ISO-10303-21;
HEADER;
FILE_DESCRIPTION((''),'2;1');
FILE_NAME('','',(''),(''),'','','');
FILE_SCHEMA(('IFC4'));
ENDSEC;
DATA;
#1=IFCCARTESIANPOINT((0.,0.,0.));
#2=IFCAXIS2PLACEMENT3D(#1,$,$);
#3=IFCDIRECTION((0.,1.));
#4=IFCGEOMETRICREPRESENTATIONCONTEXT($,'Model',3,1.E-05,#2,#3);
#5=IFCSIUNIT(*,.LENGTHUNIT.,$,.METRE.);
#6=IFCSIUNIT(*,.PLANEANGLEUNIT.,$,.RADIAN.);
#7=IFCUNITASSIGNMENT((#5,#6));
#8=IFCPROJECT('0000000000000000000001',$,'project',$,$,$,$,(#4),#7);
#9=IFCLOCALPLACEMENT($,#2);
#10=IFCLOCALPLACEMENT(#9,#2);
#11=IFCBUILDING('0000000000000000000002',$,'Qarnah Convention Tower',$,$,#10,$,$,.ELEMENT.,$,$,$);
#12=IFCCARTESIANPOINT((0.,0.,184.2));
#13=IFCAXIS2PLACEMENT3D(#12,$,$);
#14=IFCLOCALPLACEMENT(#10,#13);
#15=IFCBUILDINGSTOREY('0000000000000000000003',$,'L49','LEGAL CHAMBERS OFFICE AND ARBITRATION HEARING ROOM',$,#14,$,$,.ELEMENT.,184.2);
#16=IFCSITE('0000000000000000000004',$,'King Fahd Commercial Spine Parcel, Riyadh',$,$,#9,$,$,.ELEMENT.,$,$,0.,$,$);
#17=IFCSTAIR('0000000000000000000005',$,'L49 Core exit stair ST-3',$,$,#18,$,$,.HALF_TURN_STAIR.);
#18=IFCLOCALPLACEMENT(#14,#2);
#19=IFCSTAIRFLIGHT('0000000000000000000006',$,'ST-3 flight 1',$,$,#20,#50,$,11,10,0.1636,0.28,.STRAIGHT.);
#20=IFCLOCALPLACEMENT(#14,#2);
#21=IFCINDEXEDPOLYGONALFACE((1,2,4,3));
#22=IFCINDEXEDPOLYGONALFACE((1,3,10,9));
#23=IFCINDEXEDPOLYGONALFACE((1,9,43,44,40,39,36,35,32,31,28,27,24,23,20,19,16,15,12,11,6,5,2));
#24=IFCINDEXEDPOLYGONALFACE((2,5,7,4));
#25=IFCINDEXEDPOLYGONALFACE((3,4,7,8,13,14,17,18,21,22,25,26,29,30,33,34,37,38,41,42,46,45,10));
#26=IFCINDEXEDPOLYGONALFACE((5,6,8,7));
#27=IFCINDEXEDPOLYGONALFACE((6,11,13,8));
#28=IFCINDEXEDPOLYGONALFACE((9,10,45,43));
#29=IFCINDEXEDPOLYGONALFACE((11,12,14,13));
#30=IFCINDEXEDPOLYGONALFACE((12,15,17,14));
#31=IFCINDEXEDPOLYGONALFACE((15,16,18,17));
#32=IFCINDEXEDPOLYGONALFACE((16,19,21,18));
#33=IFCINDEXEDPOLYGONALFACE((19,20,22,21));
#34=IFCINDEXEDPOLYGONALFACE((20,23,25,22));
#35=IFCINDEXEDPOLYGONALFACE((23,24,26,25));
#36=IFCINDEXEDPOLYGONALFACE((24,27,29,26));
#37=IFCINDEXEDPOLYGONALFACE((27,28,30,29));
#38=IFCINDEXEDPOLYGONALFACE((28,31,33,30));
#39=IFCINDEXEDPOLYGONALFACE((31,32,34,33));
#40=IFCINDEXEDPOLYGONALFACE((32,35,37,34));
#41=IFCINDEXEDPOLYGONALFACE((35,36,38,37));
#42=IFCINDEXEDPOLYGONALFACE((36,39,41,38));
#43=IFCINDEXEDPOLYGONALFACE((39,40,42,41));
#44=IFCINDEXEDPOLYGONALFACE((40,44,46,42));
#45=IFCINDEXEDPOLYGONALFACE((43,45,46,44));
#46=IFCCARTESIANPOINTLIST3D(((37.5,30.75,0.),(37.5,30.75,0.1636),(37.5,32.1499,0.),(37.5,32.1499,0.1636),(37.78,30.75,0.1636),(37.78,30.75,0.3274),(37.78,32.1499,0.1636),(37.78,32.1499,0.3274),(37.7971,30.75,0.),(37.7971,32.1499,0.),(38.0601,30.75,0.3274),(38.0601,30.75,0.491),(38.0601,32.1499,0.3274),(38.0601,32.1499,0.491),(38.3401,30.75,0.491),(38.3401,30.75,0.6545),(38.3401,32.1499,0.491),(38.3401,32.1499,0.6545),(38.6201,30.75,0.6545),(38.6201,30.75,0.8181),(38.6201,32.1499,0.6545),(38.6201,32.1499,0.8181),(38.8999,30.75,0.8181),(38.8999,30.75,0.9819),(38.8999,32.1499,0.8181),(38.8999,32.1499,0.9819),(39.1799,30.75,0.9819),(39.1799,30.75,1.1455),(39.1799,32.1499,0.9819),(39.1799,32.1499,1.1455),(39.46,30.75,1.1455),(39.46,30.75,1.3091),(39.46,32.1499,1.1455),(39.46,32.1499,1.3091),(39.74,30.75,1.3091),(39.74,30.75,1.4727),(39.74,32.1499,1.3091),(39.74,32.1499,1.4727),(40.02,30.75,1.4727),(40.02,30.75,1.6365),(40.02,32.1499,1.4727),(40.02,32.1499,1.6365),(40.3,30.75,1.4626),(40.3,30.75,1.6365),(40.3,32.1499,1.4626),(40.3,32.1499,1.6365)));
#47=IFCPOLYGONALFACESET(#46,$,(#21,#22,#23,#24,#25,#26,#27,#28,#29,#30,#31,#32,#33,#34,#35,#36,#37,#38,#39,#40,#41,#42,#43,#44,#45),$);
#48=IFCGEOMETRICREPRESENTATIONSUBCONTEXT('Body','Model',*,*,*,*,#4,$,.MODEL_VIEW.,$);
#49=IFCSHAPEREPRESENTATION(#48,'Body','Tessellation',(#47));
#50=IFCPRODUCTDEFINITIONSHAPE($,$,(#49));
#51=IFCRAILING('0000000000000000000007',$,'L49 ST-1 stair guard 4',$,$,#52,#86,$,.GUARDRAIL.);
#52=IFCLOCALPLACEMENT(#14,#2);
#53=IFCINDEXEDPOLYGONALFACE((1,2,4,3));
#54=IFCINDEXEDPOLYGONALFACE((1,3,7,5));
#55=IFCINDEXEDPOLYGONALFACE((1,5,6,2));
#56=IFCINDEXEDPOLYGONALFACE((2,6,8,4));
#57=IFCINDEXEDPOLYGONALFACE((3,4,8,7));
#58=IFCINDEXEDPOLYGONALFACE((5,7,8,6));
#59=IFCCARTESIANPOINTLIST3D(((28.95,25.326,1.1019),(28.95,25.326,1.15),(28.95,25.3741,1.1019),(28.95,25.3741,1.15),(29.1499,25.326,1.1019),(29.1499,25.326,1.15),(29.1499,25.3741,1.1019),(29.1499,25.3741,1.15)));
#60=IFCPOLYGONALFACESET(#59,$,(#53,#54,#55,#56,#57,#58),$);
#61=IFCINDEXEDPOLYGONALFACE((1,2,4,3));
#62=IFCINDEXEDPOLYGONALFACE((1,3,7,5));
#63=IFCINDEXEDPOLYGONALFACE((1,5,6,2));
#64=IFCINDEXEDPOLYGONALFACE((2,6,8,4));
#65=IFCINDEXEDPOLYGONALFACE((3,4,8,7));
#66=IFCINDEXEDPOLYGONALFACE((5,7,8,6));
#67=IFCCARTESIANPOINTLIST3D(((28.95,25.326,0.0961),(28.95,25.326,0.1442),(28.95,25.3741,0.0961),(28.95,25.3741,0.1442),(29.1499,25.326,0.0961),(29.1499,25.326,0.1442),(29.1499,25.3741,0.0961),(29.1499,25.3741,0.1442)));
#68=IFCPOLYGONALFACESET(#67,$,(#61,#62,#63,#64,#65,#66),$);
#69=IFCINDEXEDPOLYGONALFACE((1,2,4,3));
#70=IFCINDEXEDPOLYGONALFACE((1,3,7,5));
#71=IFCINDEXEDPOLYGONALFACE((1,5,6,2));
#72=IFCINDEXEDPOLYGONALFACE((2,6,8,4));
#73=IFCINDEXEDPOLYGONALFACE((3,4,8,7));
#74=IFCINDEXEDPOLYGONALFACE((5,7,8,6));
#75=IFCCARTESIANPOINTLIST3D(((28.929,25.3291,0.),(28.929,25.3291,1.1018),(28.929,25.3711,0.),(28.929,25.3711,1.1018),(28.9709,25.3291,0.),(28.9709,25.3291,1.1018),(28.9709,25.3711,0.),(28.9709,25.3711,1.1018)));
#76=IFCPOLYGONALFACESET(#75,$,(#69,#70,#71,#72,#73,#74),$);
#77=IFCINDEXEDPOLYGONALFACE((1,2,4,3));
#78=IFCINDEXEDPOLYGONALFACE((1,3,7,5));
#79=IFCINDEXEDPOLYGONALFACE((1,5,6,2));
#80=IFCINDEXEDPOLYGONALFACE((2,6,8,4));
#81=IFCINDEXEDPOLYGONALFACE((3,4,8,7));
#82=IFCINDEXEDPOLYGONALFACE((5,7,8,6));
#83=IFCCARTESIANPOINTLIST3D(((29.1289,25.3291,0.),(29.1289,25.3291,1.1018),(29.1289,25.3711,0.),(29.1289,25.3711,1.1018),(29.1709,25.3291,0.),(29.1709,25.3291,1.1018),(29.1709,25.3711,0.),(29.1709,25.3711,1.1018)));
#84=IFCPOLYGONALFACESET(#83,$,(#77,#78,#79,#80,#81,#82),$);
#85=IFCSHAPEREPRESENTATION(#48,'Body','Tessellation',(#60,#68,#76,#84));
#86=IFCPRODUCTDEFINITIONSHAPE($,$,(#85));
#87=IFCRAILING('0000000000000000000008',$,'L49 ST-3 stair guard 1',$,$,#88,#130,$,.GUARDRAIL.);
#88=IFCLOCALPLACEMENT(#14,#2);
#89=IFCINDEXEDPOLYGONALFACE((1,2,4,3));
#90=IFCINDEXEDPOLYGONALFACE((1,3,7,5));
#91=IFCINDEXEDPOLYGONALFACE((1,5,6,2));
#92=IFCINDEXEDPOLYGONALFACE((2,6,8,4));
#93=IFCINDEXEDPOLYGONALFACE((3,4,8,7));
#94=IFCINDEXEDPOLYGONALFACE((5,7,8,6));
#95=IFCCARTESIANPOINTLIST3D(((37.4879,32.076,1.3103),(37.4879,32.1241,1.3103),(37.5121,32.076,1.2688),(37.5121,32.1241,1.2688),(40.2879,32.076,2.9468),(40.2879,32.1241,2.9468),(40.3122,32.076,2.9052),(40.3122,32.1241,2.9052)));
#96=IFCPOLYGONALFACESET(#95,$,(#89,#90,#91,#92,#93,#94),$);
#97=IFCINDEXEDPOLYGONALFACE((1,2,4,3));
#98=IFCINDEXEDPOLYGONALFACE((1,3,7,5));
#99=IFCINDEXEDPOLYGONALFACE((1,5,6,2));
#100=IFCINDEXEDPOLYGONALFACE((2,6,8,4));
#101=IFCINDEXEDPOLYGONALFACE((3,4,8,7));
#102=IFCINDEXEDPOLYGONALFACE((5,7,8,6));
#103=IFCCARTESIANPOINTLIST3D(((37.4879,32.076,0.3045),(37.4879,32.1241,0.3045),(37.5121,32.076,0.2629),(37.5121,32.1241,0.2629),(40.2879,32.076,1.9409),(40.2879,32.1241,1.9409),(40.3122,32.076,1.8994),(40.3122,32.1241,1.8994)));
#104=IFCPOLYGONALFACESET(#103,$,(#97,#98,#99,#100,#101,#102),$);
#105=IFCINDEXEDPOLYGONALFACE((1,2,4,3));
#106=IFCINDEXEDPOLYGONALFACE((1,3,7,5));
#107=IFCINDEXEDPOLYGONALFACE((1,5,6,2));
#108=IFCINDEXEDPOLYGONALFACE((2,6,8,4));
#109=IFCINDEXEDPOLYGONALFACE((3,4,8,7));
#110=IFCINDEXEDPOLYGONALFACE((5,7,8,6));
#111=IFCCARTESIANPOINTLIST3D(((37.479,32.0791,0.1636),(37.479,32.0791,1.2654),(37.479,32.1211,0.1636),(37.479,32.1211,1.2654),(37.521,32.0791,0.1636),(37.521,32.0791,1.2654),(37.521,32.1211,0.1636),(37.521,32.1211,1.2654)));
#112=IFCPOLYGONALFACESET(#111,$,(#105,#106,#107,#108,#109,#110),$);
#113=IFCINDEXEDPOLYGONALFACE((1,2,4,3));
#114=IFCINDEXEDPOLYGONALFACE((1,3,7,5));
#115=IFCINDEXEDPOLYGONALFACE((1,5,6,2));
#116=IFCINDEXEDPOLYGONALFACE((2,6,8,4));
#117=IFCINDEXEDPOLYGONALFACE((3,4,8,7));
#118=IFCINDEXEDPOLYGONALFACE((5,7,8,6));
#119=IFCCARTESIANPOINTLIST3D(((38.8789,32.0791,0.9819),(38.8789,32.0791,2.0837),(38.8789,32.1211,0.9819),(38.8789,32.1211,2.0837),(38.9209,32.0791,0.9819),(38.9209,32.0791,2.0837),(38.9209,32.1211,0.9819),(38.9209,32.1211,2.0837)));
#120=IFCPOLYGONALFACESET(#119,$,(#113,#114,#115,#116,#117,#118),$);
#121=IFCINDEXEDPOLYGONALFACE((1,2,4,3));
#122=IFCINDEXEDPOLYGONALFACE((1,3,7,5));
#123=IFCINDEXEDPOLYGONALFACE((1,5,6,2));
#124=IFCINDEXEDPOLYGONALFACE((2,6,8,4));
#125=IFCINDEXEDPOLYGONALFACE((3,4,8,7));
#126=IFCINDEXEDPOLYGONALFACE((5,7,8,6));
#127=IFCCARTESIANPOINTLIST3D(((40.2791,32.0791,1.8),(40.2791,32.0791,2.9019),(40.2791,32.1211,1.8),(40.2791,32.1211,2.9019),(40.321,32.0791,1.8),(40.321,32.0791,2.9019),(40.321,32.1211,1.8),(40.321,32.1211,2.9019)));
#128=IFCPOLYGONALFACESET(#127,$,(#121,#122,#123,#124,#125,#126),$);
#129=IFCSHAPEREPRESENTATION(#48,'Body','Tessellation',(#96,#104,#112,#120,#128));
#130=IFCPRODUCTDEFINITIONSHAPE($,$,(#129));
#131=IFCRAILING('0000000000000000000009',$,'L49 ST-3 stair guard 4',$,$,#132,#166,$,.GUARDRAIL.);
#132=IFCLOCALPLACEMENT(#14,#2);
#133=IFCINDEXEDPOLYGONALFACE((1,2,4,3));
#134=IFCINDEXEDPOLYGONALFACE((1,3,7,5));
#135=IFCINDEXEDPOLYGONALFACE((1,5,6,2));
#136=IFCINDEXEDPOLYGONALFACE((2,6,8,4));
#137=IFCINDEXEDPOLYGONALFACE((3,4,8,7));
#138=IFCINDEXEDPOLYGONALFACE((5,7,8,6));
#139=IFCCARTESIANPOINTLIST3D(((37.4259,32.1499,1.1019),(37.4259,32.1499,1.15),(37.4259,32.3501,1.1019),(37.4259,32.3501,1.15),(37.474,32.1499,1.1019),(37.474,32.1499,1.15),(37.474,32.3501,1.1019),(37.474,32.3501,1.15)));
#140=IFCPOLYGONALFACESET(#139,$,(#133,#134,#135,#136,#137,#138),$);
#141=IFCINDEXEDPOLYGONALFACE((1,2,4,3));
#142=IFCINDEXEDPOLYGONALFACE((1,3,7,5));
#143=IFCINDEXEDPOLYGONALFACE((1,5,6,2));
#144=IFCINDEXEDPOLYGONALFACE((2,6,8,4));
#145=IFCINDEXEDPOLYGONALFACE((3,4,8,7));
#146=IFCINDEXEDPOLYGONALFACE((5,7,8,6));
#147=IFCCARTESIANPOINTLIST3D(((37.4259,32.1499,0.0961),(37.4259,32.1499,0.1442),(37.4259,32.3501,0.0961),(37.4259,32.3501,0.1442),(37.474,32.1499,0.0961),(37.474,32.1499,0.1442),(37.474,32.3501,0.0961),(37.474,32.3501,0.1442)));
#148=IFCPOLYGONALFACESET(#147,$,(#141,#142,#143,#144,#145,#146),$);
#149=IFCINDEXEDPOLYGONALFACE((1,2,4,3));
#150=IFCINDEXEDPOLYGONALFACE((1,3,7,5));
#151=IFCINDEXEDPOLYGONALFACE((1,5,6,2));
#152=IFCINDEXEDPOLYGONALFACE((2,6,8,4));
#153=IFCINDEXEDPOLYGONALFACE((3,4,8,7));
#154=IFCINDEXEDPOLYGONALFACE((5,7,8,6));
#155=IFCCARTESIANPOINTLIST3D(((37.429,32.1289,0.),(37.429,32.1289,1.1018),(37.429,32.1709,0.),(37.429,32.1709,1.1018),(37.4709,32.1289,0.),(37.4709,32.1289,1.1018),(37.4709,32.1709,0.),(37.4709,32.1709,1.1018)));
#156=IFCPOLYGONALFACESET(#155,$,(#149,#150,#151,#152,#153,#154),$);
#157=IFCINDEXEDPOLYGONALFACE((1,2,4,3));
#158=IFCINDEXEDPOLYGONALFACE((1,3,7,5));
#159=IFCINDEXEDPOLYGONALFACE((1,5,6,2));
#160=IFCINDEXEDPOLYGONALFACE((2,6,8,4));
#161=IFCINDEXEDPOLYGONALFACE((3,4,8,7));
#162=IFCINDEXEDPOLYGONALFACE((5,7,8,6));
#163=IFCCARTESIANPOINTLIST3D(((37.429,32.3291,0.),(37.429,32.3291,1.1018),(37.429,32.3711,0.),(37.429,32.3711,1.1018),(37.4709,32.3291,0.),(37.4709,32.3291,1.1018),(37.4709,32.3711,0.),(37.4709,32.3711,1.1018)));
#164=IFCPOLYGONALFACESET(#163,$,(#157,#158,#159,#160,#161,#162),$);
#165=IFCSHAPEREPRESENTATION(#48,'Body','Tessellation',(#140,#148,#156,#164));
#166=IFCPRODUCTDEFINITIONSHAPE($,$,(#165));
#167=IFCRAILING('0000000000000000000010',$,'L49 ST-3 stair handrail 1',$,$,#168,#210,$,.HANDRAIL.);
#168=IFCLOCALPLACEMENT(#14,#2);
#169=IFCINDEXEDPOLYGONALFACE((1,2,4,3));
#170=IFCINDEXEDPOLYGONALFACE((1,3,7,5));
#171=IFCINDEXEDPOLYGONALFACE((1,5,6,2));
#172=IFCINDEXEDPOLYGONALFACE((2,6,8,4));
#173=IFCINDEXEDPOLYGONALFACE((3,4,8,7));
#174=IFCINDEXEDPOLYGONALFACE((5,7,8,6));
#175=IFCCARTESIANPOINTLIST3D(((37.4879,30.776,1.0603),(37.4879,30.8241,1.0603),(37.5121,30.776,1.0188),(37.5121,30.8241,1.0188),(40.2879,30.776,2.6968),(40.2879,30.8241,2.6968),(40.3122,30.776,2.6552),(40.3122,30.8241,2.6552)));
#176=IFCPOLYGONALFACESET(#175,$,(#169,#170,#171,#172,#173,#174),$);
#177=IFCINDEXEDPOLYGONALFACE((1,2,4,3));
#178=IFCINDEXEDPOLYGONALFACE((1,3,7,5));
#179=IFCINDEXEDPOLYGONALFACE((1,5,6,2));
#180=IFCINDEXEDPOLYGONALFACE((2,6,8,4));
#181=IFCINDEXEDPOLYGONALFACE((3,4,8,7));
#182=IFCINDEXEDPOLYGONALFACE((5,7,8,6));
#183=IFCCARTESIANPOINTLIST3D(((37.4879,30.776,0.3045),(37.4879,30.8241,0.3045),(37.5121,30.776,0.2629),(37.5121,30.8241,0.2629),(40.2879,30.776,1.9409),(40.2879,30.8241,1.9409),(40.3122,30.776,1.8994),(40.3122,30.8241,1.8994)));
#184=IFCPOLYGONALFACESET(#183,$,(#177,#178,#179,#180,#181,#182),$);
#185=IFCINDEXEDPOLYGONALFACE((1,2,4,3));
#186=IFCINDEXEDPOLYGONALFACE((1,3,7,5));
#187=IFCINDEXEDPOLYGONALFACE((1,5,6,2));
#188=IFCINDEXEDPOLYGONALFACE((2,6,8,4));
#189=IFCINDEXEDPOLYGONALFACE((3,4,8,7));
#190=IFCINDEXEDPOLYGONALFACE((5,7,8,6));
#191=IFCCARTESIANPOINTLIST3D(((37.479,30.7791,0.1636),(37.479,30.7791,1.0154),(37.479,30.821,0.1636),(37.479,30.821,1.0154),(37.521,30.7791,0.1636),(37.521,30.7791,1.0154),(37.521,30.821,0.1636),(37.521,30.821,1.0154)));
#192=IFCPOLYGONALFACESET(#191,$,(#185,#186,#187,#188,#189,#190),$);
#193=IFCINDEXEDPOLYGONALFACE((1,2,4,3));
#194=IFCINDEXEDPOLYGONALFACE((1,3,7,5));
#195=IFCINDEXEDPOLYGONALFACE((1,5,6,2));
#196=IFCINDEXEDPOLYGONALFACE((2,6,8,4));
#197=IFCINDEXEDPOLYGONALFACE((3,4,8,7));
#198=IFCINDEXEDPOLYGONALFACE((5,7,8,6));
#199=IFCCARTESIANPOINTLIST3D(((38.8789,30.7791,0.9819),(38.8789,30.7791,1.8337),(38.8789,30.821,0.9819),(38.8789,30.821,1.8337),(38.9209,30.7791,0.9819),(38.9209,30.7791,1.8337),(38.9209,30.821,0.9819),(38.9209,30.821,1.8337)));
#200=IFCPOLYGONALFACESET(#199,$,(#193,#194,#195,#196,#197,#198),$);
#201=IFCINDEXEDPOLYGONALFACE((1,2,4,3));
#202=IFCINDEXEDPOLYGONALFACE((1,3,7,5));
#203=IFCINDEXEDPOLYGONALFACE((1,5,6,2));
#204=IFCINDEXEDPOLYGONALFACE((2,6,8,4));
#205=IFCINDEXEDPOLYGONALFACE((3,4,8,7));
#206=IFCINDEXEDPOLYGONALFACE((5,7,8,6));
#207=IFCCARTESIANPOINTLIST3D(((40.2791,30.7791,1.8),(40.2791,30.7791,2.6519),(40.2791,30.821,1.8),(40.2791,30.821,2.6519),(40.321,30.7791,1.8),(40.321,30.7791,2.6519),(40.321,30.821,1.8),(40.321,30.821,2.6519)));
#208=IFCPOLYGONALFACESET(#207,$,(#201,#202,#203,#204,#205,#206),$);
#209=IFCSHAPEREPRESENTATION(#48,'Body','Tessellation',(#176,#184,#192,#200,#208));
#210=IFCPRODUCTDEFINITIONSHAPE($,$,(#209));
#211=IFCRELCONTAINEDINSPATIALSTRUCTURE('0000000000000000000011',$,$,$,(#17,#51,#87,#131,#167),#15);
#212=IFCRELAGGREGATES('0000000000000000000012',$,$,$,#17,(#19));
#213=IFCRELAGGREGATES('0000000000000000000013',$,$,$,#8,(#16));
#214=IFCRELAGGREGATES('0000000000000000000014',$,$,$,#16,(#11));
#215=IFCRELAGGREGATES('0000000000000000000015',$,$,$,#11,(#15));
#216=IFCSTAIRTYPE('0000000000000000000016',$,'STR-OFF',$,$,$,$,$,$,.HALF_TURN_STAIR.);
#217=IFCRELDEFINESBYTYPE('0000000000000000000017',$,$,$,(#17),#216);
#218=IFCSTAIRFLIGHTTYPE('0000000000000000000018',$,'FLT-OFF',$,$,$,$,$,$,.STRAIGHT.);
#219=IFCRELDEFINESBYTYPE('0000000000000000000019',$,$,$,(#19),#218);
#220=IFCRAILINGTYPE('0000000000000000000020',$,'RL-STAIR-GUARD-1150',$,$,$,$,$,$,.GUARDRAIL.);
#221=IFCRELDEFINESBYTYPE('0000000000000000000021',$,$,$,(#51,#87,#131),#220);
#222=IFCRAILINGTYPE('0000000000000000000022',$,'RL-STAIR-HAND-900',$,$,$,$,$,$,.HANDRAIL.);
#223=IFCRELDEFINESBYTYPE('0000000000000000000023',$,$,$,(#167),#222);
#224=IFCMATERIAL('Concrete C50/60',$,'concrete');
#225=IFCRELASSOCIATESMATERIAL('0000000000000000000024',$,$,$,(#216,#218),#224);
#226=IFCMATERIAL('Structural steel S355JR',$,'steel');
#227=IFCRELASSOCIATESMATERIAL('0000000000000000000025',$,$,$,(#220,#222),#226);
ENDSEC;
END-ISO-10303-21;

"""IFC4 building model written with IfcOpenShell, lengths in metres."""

from ifc_helpers import new_model, si_unit, direction, frame, origin, origin_2d, place, context, subcontext, project, spatial, polyline, rectangle, outline, extrude, material, type_object, element, aggregate, save


model = new_model("IFC4")

# Units and contexts
model_context = context("Model", 3, precision=1e-05, world=origin(), true_north=direction((0.0, 1.0)))
body_context = subcontext(model_context, "Body", "Model", "MODEL_VIEW")
ifc_project = project(units=[si_unit("LENGTHUNIT", "METRE"), si_unit("PLANEANGLEUNIT", "RADIAN")], contexts=[model_context])

# Site, building, storey
site_placement = place(None, origin())
site = spatial("IfcSite", under=ifc_project, at=site_placement, Name="King Fahd Commercial Spine Parcel, Riyadh", CompositionType="ELEMENT", RefElevation=0.0)
building_placement = place(site_placement, origin())
building = spatial("IfcBuilding", under=site, at=building_placement, Name="Qarnah Convention Tower", CompositionType="ELEMENT")
storey_placement = place(building_placement, frame((0.0, 0.0, 184.2)))
storey = spatial("IfcBuildingStorey", under=building, at=storey_placement, Name="L49", Description="LEGAL CHAMBERS OFFICE AND ARBITRATION HEARING ROOM", CompositionType="ELEMENT", Elevation=184.2)

# Shared definitions
ifc_material_1 = material(Name="Concrete C50/60", Category="concrete")

# Shared definitions
ifc_material_2 = material(Name="Structural steel S355JR", Category="steel")

# Stair, stair flight
stair_type = type_object("IfcStairType", Name="STR-OFF", PredefinedType="HALF_TURN_STAIR", material=ifc_material_1)
stair_placement = place(storey_placement, origin())
stair = element("IfcStair", 1, at=stair_placement, inside=storey, type_object=stair_type, Name="L49 Core exit stair ST-3", PredefinedType="HALF_TURN_STAIR")
stair_flight_type = type_object("IfcStairFlightType", Name="FLT-OFF", PredefinedType="STRAIGHT", material=ifc_material_1)
stair_flight_placement = place(storey_placement, frame((37.5, 31.45, 0.0), z_axis=(0.0, 0.0, 1.0), x_axis=(1.0, 0.0, 0.0)))
stair_flight = element("IfcStairFlight", 2, at=stair_flight_placement, type_object=stair_flight_type, Name="ST-3 flight 1", NumberOfRisers=11, NumberOfTreads=10, PredefinedType="STRAIGHT", RiserHeight=0.1636, TreadLength=0.28, context=body_context, shape_type="SweptSolid", body=[
    extrude(outline(polyline([(0.0, 0.0), (0.0, 0.1636), (0.28, 0.1636), (0.28, 0.3274), (0.5601, 0.3274), (0.5601, 0.491), (0.8401, 0.491), (0.8401, 0.6545), (1.1201, 0.6545), (1.1201, 0.8181), (1.3999, 0.8181), (1.3999, 0.9819), (1.6799, 0.9819), (1.6799, 1.1455), (1.96, 1.1455), (1.96, 1.3091), (2.24, 1.3091), (2.24, 1.4727), (2.52, 1.4727), (2.52, 1.6365), (2.8, 1.6365), (2.8, 1.8), (2.8, 1.4626), (0.2971, 0.0), (0.0, 0.0)])), frame((0.0, 0.7, 0.0), z_axis=(0.0, -1.0, 0.0), x_axis=(1.0, 0.0, 0.0)), (0.0, 0.0, 1.0), 1.3999),
])
aggregate(stair, [stair_flight])

# Railings
railing_type_1 = type_object("IfcRailingType", Name="RL-STAIR-GUARD-1150", PredefinedType="GUARDRAIL", material=ifc_material_2)
railing_1_placement = place(storey_placement, frame((28.95, 25.3501, 0.0)))
element("IfcRailing", 3, at=railing_1_placement, inside=storey, type_object=railing_type_1, Name="L49 ST-1 stair guard 4", PredefinedType="GUARDRAIL", context=body_context, shape_type="SweptSolid", body=[
    extrude(rectangle(XDim=0.0481, YDim=0.0481, at=origin_2d()), frame((0.0, 0.0, 1.126), z_axis=(1.0, 0.0, 0.0), x_axis=(0.0, 1.0, 0.0)), (0.0, 0.0, 1.0), 0.2),
    extrude(rectangle(XDim=0.0481, YDim=0.0481, at=origin_2d()), frame((0.0, 0.0, 0.1201), z_axis=(1.0, 0.0, 0.0), x_axis=(0.0, 1.0, 0.0)), (0.0, 0.0, 1.0), 0.2),
    extrude(rectangle(XDim=0.042, YDim=0.042, at=origin_2d()), origin(), (0.0, 0.0, 1.0), 1.1018),
    extrude(rectangle(XDim=0.042, YDim=0.042, at=origin_2d()), frame((0.2, 0.0, 0.0)), (0.0, 0.0, 1.0), 1.1018),
])
railing_2_placement = place(storey_placement, frame((37.5, 32.1001, 0.1636)))
element("IfcRailing", 4, at=railing_2_placement, inside=storey, type_object=railing_type_1, Name="L49 ST-3 stair guard 1", PredefinedType="GUARDRAIL", context=body_context, shape_type="SweptSolid", body=[
    extrude(rectangle(XDim=0.0481, YDim=0.0481, at=origin_2d()), frame((0.0, 0.0, 1.126), z_axis=(0.863361, 0.0, 0.504587), x_axis=(0.0, 1.0, 0.0)), (0.0, 0.0, 1.0), 3.2432),
    extrude(rectangle(XDim=0.0481, YDim=0.0481, at=origin_2d()), frame((0.0, 0.0, 0.1201), z_axis=(0.863361, 0.0, 0.504587), x_axis=(0.0, 1.0, 0.0)), (0.0, 0.0, 1.0), 3.2432),
    extrude(rectangle(XDim=0.042, YDim=0.042, at=origin_2d()), origin(), (0.0, 0.0, 1.0), 1.1018),
    extrude(rectangle(XDim=0.042, YDim=0.042, at=origin_2d()), frame((1.3999, 0.0, 0.8184)), (0.0, 0.0, 1.0), 1.1018),
    extrude(rectangle(XDim=0.042, YDim=0.042, at=origin_2d()), frame((2.8, 0.0, 1.6365)), (0.0, 0.0, 1.0), 1.1018),
])
railing_3_placement = place(storey_placement, frame((37.45, 32.1499, 0.0)))
element("IfcRailing", 5, at=railing_3_placement, inside=storey, type_object=railing_type_1, Name="L49 ST-3 stair guard 4", PredefinedType="GUARDRAIL", context=body_context, shape_type="SweptSolid", body=[
    extrude(rectangle(XDim=0.0481, YDim=0.0481, at=origin_2d()), frame((0.0, 0.0, 1.126), z_axis=(0.0, 1.0, 0.0), x_axis=(-1.0, 0.0, 0.0)), (0.0, 0.0, 1.0), 0.2002),
    extrude(rectangle(XDim=0.0481, YDim=0.0481, at=origin_2d()), frame((0.0, 0.0, 0.1201), z_axis=(0.0, 1.0, 0.0), x_axis=(-1.0, 0.0, 0.0)), (0.0, 0.0, 1.0), 0.2002),
    extrude(rectangle(XDim=0.042, YDim=0.042, at=origin_2d()), origin(), (0.0, 0.0, 1.0), 1.1018),
    extrude(rectangle(XDim=0.042, YDim=0.042, at=origin_2d()), frame((0.0, 0.2002, 0.0)), (0.0, 0.0, 1.0), 1.1018),
])
railing_type_2 = type_object("IfcRailingType", Name="RL-STAIR-HAND-900", PredefinedType="HANDRAIL", material=ifc_material_2)
railing_4_placement = place(storey_placement, frame((37.5, 30.8, 0.1636)))
element("IfcRailing", 6, at=railing_4_placement, inside=storey, type_object=railing_type_2, Name="L49 ST-3 stair handrail 1", PredefinedType="HANDRAIL", context=body_context, shape_type="SweptSolid", body=[
    extrude(rectangle(XDim=0.0481, YDim=0.0481, at=origin_2d()), frame((0.0, 0.0, 0.876), z_axis=(0.863361, 0.0, 0.504587), x_axis=(0.0, 1.0, 0.0)), (0.0, 0.0, 1.0), 3.2432),
    extrude(rectangle(XDim=0.0481, YDim=0.0481, at=origin_2d()), frame((0.0, 0.0, 0.1201), z_axis=(0.863361, 0.0, 0.504587), x_axis=(0.0, 1.0, 0.0)), (0.0, 0.0, 1.0), 3.2432),
    extrude(rectangle(XDim=0.042, YDim=0.042, at=origin_2d()), origin(), (0.0, 0.0, 1.0), 0.8518),
    extrude(rectangle(XDim=0.042, YDim=0.042, at=origin_2d()), frame((1.3999, 0.0, 0.8184)), (0.0, 0.0, 1.0), 0.8518),
    extrude(rectangle(XDim=0.042, YDim=0.042, at=origin_2d()), frame((2.8, 0.0, 1.6365)), (0.0, 0.0, 1.0), 0.8518),
])

save(model, "model.ifc")
